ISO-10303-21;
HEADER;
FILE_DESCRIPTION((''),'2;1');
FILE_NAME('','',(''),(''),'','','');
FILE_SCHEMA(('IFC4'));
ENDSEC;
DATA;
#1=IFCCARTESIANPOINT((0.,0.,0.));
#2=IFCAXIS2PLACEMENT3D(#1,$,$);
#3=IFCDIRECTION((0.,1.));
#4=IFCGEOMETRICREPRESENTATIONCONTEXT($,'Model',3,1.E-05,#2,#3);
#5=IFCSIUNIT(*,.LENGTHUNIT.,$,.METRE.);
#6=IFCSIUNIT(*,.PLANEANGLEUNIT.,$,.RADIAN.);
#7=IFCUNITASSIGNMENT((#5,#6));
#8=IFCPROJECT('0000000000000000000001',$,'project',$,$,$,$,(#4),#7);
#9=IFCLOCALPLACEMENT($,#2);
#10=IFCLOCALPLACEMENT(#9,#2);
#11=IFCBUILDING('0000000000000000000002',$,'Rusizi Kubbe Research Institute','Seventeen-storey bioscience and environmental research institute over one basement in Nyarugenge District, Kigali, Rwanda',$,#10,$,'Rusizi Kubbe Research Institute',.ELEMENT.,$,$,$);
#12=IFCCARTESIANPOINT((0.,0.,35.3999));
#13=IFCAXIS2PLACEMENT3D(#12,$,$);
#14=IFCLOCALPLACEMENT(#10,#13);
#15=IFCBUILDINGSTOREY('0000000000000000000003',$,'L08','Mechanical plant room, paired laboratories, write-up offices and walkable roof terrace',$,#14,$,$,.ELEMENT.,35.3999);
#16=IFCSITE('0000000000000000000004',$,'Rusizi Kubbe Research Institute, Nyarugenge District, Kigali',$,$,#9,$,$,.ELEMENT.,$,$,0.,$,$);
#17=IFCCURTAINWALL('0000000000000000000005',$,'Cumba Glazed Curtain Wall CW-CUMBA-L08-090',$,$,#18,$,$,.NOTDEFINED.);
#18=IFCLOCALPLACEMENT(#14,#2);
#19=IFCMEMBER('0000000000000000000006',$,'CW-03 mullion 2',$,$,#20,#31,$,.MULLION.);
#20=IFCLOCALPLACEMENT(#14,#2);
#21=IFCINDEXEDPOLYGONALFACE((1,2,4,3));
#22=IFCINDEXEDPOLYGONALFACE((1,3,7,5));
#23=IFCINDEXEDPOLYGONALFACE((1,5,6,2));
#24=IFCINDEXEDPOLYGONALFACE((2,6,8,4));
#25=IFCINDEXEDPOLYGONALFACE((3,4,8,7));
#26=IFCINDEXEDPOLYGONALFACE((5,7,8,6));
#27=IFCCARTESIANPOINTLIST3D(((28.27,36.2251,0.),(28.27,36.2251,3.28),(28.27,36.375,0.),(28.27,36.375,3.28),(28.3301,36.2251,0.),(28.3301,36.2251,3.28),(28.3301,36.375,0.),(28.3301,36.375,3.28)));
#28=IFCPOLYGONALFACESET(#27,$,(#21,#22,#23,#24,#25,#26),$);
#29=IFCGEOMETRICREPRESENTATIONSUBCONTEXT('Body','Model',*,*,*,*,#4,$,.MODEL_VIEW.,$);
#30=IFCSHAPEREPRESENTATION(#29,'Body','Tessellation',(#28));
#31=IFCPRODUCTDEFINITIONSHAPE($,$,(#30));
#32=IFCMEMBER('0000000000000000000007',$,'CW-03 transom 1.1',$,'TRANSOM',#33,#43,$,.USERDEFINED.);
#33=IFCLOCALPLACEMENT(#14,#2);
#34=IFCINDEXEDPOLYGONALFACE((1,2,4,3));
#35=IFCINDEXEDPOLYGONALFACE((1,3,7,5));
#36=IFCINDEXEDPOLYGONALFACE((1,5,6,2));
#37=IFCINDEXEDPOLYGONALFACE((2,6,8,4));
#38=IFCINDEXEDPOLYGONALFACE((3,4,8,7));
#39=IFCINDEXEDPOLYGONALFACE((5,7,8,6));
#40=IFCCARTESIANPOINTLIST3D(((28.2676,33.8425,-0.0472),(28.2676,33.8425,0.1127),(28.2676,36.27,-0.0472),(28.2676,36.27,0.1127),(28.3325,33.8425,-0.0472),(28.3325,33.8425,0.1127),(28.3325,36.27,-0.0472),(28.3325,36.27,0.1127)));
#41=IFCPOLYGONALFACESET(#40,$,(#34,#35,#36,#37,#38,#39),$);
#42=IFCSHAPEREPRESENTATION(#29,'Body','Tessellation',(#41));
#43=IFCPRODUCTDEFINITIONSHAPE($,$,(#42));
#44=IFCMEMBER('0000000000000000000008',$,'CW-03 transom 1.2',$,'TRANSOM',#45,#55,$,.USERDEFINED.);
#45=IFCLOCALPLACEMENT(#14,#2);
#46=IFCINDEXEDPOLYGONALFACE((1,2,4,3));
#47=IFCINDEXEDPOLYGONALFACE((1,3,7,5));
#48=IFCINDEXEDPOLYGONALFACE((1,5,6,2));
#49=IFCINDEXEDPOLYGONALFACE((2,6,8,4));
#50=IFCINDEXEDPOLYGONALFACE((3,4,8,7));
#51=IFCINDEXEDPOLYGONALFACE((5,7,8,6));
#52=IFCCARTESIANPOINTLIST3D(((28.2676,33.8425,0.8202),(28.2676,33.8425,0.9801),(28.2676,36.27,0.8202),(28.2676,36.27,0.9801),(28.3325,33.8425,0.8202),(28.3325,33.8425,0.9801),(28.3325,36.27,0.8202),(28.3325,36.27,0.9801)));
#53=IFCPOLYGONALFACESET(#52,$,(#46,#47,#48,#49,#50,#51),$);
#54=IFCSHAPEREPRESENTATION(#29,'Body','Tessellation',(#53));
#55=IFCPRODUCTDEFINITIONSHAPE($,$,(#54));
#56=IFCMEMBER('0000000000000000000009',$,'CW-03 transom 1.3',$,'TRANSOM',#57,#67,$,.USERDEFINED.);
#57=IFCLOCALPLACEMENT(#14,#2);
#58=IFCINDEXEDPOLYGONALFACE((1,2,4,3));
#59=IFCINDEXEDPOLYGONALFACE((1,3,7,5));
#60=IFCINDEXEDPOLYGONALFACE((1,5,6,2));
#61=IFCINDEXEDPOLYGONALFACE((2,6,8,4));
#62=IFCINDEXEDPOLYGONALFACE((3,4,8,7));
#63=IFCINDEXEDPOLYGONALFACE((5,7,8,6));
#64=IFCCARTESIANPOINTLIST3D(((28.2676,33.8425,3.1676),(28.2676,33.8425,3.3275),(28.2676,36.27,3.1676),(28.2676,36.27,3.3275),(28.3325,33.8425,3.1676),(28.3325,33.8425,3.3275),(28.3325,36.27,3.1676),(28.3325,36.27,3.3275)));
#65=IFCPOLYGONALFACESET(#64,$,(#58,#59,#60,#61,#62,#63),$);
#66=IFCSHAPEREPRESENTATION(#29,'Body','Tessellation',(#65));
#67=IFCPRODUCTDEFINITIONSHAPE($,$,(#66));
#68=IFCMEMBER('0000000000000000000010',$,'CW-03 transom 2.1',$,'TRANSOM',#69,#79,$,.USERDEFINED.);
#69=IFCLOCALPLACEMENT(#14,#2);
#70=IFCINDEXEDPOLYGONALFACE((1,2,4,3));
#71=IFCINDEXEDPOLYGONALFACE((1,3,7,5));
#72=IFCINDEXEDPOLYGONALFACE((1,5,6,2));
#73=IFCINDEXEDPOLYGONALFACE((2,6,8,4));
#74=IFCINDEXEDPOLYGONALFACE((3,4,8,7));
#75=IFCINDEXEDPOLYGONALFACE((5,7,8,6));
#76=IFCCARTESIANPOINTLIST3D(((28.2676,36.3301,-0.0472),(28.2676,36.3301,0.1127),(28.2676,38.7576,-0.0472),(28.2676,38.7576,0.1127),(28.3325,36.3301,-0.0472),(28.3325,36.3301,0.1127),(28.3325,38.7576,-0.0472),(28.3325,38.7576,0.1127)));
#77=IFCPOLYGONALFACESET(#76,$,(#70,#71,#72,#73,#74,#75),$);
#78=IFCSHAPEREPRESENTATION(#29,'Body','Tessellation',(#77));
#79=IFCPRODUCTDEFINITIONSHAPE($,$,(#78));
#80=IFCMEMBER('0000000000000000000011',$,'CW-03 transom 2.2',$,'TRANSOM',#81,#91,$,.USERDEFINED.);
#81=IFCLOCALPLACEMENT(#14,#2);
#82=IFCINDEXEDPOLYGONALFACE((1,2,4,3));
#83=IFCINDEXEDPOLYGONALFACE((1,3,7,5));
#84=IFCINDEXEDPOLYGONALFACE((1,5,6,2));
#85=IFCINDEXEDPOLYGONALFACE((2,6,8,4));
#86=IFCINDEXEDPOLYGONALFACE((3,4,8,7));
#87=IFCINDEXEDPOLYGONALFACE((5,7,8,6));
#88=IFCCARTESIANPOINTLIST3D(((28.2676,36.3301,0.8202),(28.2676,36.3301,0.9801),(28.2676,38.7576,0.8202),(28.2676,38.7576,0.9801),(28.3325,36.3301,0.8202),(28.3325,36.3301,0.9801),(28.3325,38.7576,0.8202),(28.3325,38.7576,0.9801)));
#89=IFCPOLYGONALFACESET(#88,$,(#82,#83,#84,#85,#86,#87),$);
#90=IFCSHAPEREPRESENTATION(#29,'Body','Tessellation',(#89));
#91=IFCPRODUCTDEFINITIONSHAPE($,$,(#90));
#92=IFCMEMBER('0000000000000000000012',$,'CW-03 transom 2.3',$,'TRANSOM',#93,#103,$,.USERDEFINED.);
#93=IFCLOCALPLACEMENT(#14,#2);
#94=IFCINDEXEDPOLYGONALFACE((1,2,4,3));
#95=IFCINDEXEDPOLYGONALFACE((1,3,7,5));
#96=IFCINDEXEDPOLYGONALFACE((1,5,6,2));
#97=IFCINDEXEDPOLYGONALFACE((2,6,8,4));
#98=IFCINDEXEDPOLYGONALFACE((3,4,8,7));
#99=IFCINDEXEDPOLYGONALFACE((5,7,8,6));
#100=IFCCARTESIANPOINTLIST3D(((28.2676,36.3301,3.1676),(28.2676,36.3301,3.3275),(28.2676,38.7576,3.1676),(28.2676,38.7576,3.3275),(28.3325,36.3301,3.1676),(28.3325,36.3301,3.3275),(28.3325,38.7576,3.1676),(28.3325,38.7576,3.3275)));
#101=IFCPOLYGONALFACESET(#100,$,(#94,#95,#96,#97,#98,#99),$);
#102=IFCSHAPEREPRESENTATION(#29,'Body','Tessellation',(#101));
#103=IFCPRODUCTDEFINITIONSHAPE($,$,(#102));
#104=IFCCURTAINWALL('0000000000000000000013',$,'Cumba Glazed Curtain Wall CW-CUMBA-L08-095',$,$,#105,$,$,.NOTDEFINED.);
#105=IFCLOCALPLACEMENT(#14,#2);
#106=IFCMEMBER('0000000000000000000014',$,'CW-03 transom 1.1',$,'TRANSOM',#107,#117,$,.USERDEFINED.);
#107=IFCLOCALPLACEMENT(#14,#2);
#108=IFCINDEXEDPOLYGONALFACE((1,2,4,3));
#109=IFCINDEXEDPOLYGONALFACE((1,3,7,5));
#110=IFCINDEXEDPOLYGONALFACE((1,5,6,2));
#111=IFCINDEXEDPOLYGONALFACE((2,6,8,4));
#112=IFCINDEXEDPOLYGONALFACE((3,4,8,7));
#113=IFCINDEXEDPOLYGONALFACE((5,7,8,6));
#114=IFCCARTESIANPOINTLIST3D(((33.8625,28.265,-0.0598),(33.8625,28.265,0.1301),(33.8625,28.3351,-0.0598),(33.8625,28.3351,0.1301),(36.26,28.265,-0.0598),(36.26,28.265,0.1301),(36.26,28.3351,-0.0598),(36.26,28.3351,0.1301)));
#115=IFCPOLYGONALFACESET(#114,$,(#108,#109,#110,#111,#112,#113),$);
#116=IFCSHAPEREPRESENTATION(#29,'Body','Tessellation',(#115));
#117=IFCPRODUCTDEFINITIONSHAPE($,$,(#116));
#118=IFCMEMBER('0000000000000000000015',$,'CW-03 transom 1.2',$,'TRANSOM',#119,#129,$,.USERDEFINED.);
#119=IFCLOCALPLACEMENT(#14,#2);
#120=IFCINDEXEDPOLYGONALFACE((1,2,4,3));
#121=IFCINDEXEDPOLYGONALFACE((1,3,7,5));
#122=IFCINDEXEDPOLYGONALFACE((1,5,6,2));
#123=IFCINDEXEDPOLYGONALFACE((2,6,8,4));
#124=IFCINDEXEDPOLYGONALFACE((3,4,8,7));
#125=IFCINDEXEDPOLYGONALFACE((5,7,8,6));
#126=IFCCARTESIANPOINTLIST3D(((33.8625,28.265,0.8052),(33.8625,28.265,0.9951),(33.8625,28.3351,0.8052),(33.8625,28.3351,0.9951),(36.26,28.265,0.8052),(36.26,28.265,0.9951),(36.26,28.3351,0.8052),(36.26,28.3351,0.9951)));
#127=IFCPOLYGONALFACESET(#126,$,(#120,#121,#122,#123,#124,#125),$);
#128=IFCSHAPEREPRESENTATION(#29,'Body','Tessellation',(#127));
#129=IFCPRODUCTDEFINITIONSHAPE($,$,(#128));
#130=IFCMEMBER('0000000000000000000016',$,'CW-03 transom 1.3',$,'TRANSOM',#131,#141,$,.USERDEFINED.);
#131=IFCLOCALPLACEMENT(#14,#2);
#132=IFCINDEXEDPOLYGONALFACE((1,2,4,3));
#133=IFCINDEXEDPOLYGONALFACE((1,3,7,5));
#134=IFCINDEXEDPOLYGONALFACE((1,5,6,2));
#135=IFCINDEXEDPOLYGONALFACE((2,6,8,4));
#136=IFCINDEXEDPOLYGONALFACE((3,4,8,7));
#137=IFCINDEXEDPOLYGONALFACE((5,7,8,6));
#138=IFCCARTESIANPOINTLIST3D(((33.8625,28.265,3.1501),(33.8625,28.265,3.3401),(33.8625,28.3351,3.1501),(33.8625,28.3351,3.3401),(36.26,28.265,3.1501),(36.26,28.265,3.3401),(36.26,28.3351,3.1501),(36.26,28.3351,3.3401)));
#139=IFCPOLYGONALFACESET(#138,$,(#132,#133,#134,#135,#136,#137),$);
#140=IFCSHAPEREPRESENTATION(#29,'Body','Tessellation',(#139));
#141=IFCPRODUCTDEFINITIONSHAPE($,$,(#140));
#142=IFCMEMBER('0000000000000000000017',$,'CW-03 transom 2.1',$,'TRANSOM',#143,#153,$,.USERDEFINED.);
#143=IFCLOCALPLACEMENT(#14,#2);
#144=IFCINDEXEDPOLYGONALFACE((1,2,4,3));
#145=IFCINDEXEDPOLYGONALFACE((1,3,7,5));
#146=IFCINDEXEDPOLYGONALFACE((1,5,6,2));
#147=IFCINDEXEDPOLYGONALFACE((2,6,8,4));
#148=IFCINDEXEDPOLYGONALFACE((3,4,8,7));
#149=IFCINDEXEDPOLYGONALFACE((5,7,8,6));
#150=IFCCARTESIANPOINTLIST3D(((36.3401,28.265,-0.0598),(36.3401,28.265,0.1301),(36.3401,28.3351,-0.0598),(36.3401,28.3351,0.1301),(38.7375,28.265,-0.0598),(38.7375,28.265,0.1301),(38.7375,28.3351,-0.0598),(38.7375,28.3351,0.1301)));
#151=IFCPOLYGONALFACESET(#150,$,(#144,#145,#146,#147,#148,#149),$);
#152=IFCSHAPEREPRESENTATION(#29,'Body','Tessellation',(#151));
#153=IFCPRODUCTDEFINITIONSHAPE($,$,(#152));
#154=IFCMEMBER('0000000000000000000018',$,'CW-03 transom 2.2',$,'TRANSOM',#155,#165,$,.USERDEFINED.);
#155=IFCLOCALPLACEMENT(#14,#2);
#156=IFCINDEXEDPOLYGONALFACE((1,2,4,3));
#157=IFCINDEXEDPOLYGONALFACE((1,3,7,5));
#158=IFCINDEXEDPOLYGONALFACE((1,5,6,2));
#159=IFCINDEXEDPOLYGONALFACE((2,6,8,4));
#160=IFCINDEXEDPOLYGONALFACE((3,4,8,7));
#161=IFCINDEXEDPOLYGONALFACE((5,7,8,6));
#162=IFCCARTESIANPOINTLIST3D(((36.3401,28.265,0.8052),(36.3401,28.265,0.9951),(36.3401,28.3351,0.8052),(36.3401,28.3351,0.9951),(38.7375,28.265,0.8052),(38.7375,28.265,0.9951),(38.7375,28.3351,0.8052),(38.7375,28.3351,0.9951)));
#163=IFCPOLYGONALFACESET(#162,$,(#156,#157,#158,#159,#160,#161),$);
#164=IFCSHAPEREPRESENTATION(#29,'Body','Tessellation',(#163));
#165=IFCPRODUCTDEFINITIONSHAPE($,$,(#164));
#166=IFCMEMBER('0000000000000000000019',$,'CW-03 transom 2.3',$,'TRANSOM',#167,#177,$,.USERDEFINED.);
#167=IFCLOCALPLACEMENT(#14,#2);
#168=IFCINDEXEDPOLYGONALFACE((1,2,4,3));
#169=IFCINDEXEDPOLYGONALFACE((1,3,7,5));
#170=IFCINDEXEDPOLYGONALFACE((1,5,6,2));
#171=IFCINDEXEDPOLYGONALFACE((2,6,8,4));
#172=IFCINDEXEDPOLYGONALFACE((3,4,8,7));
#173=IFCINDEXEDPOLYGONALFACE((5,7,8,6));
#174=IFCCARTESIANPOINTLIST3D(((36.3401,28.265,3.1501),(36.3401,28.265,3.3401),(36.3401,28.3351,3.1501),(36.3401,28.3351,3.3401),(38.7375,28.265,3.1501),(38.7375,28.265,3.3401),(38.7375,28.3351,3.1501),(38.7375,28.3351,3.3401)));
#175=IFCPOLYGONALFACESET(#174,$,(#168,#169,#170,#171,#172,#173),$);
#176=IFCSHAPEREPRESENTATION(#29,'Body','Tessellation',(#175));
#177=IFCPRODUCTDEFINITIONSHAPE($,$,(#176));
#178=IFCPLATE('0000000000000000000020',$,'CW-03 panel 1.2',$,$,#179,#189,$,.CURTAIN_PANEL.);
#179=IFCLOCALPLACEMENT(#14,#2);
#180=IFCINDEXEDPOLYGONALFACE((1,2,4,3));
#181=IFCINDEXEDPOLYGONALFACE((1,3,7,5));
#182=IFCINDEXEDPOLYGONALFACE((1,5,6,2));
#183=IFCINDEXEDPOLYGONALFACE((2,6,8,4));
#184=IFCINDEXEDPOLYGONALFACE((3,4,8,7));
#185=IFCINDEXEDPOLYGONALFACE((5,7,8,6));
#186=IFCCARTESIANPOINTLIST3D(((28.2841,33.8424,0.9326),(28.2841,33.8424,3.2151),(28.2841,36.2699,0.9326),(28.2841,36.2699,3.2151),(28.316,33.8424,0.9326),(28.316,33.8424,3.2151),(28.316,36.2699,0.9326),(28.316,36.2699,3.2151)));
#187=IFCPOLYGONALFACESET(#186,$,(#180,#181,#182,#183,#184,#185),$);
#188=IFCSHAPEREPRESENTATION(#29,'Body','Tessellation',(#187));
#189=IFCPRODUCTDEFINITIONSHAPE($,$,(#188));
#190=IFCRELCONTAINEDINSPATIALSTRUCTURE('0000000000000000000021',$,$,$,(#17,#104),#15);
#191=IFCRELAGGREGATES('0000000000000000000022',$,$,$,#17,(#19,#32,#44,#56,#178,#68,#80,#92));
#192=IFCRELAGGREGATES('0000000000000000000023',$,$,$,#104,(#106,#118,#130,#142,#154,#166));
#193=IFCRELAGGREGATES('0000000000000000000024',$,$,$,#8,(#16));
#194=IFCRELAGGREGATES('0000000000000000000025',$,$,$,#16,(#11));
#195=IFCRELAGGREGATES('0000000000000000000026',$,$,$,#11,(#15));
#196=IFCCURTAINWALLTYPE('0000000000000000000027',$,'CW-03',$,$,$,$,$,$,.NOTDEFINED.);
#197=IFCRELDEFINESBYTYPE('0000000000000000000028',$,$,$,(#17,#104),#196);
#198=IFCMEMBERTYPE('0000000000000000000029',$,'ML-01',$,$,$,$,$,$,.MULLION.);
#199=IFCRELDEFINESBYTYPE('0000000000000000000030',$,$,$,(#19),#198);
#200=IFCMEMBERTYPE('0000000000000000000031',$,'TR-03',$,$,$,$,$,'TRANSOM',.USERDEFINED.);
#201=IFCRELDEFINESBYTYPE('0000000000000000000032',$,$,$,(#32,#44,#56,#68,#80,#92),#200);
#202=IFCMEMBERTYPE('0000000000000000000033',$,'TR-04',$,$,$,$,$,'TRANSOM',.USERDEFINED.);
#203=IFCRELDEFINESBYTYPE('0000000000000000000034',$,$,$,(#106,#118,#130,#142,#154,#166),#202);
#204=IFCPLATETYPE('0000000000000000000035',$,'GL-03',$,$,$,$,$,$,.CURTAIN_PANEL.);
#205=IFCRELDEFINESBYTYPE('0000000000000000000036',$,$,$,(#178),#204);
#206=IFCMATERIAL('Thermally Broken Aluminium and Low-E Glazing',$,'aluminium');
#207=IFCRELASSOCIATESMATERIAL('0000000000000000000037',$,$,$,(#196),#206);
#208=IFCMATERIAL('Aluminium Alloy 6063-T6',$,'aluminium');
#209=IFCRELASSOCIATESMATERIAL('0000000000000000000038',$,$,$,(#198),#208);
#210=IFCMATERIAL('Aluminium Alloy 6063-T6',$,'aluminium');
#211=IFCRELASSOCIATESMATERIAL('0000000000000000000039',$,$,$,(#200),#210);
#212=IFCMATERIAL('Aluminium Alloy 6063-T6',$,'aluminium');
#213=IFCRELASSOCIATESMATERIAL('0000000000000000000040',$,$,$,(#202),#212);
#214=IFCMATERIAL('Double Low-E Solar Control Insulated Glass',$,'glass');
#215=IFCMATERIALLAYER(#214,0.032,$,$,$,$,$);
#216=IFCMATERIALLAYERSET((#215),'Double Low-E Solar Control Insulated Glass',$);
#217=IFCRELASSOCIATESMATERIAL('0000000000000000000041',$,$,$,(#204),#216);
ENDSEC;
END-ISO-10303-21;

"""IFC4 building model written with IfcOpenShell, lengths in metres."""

from ifc_helpers import new_model, si_unit, direction, frame, origin, origin_2d, place, context, subcontext, project, spatial, rectangle, extrude, material, layer, layer_set, material_profile, profile_set, type_object, element, aggregate, save


model = new_model("IFC4")

# Units and contexts
model_context = context("Model", 3, precision=1e-05, world=origin(), true_north=direction((0.0, 1.0)))
body_context = subcontext(model_context, "Body", "Model", "MODEL_VIEW")
ifc_project = project(units=[si_unit("LENGTHUNIT", "METRE"), si_unit("PLANEANGLEUNIT", "RADIAN")], contexts=[model_context])

# Site, building, storey
site_placement = place(None, origin())
site = spatial("IfcSite", under=ifc_project, at=site_placement, Name="Rusizi Kubbe Research Institute, Nyarugenge District, Kigali", CompositionType="ELEMENT", RefElevation=0.0)
building_placement = place(site_placement, origin())
building = spatial("IfcBuilding", under=site, at=building_placement, Name="Rusizi Kubbe Research Institute", Description="Seventeen-storey bioscience and environmental research institute over one basement in Nyarugenge District, Kigali, Rwanda", LongName="Rusizi Kubbe Research Institute", CompositionType="ELEMENT")
storey_placement = place(building_placement, frame((0.0, 0.0, 35.3999)))
storey = spatial("IfcBuildingStorey", under=building, at=storey_placement, Name="L08", Description="Mechanical plant room, paired laboratories, write-up offices and walkable roof terrace", CompositionType="ELEMENT", Elevation=35.3999)

# Curtain walls, members
ifc_material_1 = material(Name="Thermally Broken Aluminium and Low-E Glazing", Category="aluminium")
curtain_wall_type = type_object("IfcCurtainWallType", Name="CW-03", PredefinedType="NOTDEFINED", material=ifc_material_1)
curtain_wall_1_placement = place(storey_placement, origin())
curtain_wall_1 = element("IfcCurtainWall", 1, at=curtain_wall_1_placement, inside=storey, type_object=curtain_wall_type, Name="Cumba Glazed Curtain Wall CW-CUMBA-L08-090", PredefinedType="NOTDEFINED")
ifc_material_2 = material(Name="Aluminium Alloy 6063-T6", Category="aluminium")
ifc_material_profile_1 = material_profile(ifc_material_2, rectangle(XDim=0.0601, YDim=0.1499, at=origin_2d()), Name="ALU-M 60x150")
ifc_profile_set_1 = profile_set([ifc_material_profile_1], Name="Aluminium Alloy 6063-T6")
member_type_1 = type_object("IfcMemberType", Name="ML-01", PredefinedType="MULLION", material=ifc_profile_set_1)
member_1_placement = place(storey_placement, frame((28.3, 36.3, 0.0), z_axis=(0.0, 0.0, 1.0), x_axis=(-1.0, 0.0, 0.0)))
member_1 = element("IfcMember", 2, at=member_1_placement, type_object=member_type_1, Name="CW-03 mullion 2", PredefinedType="MULLION", context=body_context, shape_type="SweptSolid", body=[
    extrude(rectangle(XDim=0.0601, YDim=0.1499, at=origin_2d()), origin(), (0.0, 0.0, 1.0), 3.28),
])
ifc_material_3 = material(Name="Aluminium Alloy 6063-T6", Category="aluminium")
ifc_material_profile_2 = material_profile(ifc_material_3, rectangle(XDim=0.0649, YDim=0.1599, at=origin_2d()), Name="ALU-T 65x160")
ifc_profile_set_2 = profile_set([ifc_material_profile_2], Name="Aluminium Alloy 6063-T6")
member_type_2 = type_object("IfcMemberType", Name="TR-03", ElementType="TRANSOM", PredefinedType="USERDEFINED", material=ifc_profile_set_2)
member_2_placement = place(storey_placement, frame((28.3, 33.8425, 0.0327), z_axis=(0.0, 1.0, 0.0), x_axis=(-1.0, 0.0, 0.0)))
member_2 = element("IfcMember", 3, at=member_2_placement, type_object=member_type_2, Name="CW-03 transom 1.1", ObjectType="TRANSOM", PredefinedType="USERDEFINED", context=body_context, shape_type="SweptSolid", body=[
    extrude(rectangle(XDim=0.0649, YDim=0.1599, at=origin_2d()), origin(), (0.0, 0.0, 1.0), 2.4275),
])
member_3_placement = place(storey_placement, frame((28.3, 33.8425, 0.9001), z_axis=(0.0, 1.0, 0.0), x_axis=(-1.0, 0.0, 0.0)))
member_3 = element("IfcMember", 4, at=member_3_placement, type_object=member_type_2, Name="CW-03 transom 1.2", ObjectType="TRANSOM", PredefinedType="USERDEFINED", context=body_context, shape_type="SweptSolid", body=[
    extrude(rectangle(XDim=0.0649, YDim=0.1599, at=origin_2d()), origin(), (0.0, 0.0, 1.0), 2.4275),
])
member_4_placement = place(storey_placement, frame((28.3, 33.8425, 3.2476), z_axis=(0.0, 1.0, 0.0), x_axis=(-1.0, 0.0, 0.0)))
member_4 = element("IfcMember", 5, at=member_4_placement, type_object=member_type_2, Name="CW-03 transom 1.3", ObjectType="TRANSOM", PredefinedType="USERDEFINED", context=body_context, shape_type="SweptSolid", body=[
    extrude(rectangle(XDim=0.0649, YDim=0.1599, at=origin_2d()), origin(), (0.0, 0.0, 1.0), 2.4275),
])
member_5_placement = place(storey_placement, frame((28.3, 36.3301, 0.0327), z_axis=(0.0, 1.0, 0.0), x_axis=(-1.0, 0.0, 0.0)))
member_5 = element("IfcMember", 6, at=member_5_placement, type_object=member_type_2, Name="CW-03 transom 2.1", ObjectType="TRANSOM", PredefinedType="USERDEFINED", context=body_context, shape_type="SweptSolid", body=[
    extrude(rectangle(XDim=0.0649, YDim=0.1599, at=origin_2d()), origin(), (0.0, 0.0, 1.0), 2.4275),
])
member_6_placement = place(storey_placement, frame((28.3, 36.3301, 0.9001), z_axis=(0.0, 1.0, 0.0), x_axis=(-1.0, 0.0, 0.0)))
member_6 = element("IfcMember", 7, at=member_6_placement, type_object=member_type_2, Name="CW-03 transom 2.2", ObjectType="TRANSOM", PredefinedType="USERDEFINED", context=body_context, shape_type="SweptSolid", body=[
    extrude(rectangle(XDim=0.0649, YDim=0.1599, at=origin_2d()), origin(), (0.0, 0.0, 1.0), 2.4275),
])
member_7_placement = place(storey_placement, frame((28.3, 36.3301, 3.2476), z_axis=(0.0, 1.0, 0.0), x_axis=(-1.0, 0.0, 0.0)))
member_7 = element("IfcMember", 8, at=member_7_placement, type_object=member_type_2, Name="CW-03 transom 2.3", ObjectType="TRANSOM", PredefinedType="USERDEFINED", context=body_context, shape_type="SweptSolid", body=[
    extrude(rectangle(XDim=0.0649, YDim=0.1599, at=origin_2d()), origin(), (0.0, 0.0, 1.0), 2.4275),
])
curtain_wall_2_placement = place(storey_placement, origin())
curtain_wall_2 = element("IfcCurtainWall", 9, at=curtain_wall_2_placement, inside=storey, type_object=curtain_wall_type, Name="Cumba Glazed Curtain Wall CW-CUMBA-L08-095", PredefinedType="NOTDEFINED")
ifc_material_4 = material(Name="Aluminium Alloy 6063-T6", Category="aluminium")
ifc_material_profile_3 = material_profile(ifc_material_4, rectangle(XDim=0.0701, YDim=0.1899, at=origin_2d()), Name="ALU-T 70x190")
ifc_profile_set_3 = profile_set([ifc_material_profile_3], Name="Aluminium Alloy 6063-T6")
member_type_3 = type_object("IfcMemberType", Name="TR-04", ElementType="TRANSOM", PredefinedType="USERDEFINED", material=ifc_profile_set_3)
member_8_placement = place(storey_placement, frame((33.8625, 28.3, 0.0352), z_axis=(1.0, 0.0, 0.0), x_axis=(0.0, 1.0, 0.0)))
member_8 = element("IfcMember", 10, at=member_8_placement, type_object=member_type_3, Name="CW-03 transom 1.1", ObjectType="TRANSOM", PredefinedType="USERDEFINED", context=body_context, shape_type="SweptSolid", body=[
    extrude(rectangle(XDim=0.0701, YDim=0.1899, at=origin_2d()), origin(), (0.0, 0.0, 1.0), 2.3975),
])
member_9_placement = place(storey_placement, frame((33.8625, 28.3, 0.9001), z_axis=(1.0, 0.0, 0.0), x_axis=(0.0, 1.0, 0.0)))
member_9 = element("IfcMember", 11, at=member_9_placement, type_object=member_type_3, Name="CW-03 transom 1.2", ObjectType="TRANSOM", PredefinedType="USERDEFINED", context=body_context, shape_type="SweptSolid", body=[
    extrude(rectangle(XDim=0.0701, YDim=0.1899, at=origin_2d()), origin(), (0.0, 0.0, 1.0), 2.3975),
])
member_10_placement = place(storey_placement, frame((33.8625, 28.3, 3.2451), z_axis=(1.0, 0.0, 0.0), x_axis=(0.0, 1.0, 0.0)))
member_10 = element("IfcMember", 12, at=member_10_placement, type_object=member_type_3, Name="CW-03 transom 1.3", ObjectType="TRANSOM", PredefinedType="USERDEFINED", context=body_context, shape_type="SweptSolid", body=[
    extrude(rectangle(XDim=0.0701, YDim=0.1899, at=origin_2d()), origin(), (0.0, 0.0, 1.0), 2.3975),
])
member_11_placement = place(storey_placement, frame((36.3401, 28.3, 0.0352), z_axis=(1.0, 0.0, 0.0), x_axis=(0.0, 1.0, 0.0)))
member_11 = element("IfcMember", 13, at=member_11_placement, type_object=member_type_3, Name="CW-03 transom 2.1", ObjectType="TRANSOM", PredefinedType="USERDEFINED", context=body_context, shape_type="SweptSolid", body=[
    extrude(rectangle(XDim=0.0701, YDim=0.1899, at=origin_2d()), origin(), (0.0, 0.0, 1.0), 2.3975),
])
member_12_placement = place(storey_placement, frame((36.3401, 28.3, 0.9001), z_axis=(1.0, 0.0, 0.0), x_axis=(0.0, 1.0, 0.0)))
member_12 = element("IfcMember", 14, at=member_12_placement, type_object=member_type_3, Name="CW-03 transom 2.2", ObjectType="TRANSOM", PredefinedType="USERDEFINED", context=body_context, shape_type="SweptSolid", body=[
    extrude(rectangle(XDim=0.0701, YDim=0.1899, at=origin_2d()), origin(), (0.0, 0.0, 1.0), 2.3975),
])
member_13_placement = place(storey_placement, frame((36.3401, 28.3, 3.2451), z_axis=(1.0, 0.0, 0.0), x_axis=(0.0, 1.0, 0.0)))
member_13 = element("IfcMember", 15, at=member_13_placement, type_object=member_type_3, Name="CW-03 transom 2.3", ObjectType="TRANSOM", PredefinedType="USERDEFINED", context=body_context, shape_type="SweptSolid", body=[
    extrude(rectangle(XDim=0.0701, YDim=0.1899, at=origin_2d()), origin(), (0.0, 0.0, 1.0), 2.3975),
])

# Plate
ifc_material_5 = material(Name="Double Low-E Solar Control Insulated Glass", Category="glass")
ifc_layer_1 = layer(ifc_material_5, 0.032)
ifc_layer_set_1 = layer_set([ifc_layer_1], Name="Double Low-E Solar Control Insulated Glass")
plate_type_1 = type_object("IfcPlateType", Name="GL-03", PredefinedType="CURTAIN_PANEL", material=ifc_layer_set_1)
plate_1_placement = place(storey_placement, frame((28.3, 35.0562, 0.9326), z_axis=(0.0, 0.0, 1.0), x_axis=(0.0, 1.0, 0.0)))
plate_1 = element("IfcPlate", 16, at=plate_1_placement, type_object=plate_type_1, Name="CW-03 panel 1.2", PredefinedType="CURTAIN_PANEL", context=body_context, shape_type="SweptSolid", body=[
    extrude(rectangle(XDim=2.4275, YDim=0.032, at=origin_2d()), origin(), (0.0, 0.0, 1.0), 2.2825),
])
aggregate(curtain_wall_1, [member_1, member_2, member_3, member_4, plate_1, member_5, member_6, member_7])
aggregate(curtain_wall_2, [member_8, member_9, member_10, member_11, member_12, member_13])

save(model, "model.ifc")
